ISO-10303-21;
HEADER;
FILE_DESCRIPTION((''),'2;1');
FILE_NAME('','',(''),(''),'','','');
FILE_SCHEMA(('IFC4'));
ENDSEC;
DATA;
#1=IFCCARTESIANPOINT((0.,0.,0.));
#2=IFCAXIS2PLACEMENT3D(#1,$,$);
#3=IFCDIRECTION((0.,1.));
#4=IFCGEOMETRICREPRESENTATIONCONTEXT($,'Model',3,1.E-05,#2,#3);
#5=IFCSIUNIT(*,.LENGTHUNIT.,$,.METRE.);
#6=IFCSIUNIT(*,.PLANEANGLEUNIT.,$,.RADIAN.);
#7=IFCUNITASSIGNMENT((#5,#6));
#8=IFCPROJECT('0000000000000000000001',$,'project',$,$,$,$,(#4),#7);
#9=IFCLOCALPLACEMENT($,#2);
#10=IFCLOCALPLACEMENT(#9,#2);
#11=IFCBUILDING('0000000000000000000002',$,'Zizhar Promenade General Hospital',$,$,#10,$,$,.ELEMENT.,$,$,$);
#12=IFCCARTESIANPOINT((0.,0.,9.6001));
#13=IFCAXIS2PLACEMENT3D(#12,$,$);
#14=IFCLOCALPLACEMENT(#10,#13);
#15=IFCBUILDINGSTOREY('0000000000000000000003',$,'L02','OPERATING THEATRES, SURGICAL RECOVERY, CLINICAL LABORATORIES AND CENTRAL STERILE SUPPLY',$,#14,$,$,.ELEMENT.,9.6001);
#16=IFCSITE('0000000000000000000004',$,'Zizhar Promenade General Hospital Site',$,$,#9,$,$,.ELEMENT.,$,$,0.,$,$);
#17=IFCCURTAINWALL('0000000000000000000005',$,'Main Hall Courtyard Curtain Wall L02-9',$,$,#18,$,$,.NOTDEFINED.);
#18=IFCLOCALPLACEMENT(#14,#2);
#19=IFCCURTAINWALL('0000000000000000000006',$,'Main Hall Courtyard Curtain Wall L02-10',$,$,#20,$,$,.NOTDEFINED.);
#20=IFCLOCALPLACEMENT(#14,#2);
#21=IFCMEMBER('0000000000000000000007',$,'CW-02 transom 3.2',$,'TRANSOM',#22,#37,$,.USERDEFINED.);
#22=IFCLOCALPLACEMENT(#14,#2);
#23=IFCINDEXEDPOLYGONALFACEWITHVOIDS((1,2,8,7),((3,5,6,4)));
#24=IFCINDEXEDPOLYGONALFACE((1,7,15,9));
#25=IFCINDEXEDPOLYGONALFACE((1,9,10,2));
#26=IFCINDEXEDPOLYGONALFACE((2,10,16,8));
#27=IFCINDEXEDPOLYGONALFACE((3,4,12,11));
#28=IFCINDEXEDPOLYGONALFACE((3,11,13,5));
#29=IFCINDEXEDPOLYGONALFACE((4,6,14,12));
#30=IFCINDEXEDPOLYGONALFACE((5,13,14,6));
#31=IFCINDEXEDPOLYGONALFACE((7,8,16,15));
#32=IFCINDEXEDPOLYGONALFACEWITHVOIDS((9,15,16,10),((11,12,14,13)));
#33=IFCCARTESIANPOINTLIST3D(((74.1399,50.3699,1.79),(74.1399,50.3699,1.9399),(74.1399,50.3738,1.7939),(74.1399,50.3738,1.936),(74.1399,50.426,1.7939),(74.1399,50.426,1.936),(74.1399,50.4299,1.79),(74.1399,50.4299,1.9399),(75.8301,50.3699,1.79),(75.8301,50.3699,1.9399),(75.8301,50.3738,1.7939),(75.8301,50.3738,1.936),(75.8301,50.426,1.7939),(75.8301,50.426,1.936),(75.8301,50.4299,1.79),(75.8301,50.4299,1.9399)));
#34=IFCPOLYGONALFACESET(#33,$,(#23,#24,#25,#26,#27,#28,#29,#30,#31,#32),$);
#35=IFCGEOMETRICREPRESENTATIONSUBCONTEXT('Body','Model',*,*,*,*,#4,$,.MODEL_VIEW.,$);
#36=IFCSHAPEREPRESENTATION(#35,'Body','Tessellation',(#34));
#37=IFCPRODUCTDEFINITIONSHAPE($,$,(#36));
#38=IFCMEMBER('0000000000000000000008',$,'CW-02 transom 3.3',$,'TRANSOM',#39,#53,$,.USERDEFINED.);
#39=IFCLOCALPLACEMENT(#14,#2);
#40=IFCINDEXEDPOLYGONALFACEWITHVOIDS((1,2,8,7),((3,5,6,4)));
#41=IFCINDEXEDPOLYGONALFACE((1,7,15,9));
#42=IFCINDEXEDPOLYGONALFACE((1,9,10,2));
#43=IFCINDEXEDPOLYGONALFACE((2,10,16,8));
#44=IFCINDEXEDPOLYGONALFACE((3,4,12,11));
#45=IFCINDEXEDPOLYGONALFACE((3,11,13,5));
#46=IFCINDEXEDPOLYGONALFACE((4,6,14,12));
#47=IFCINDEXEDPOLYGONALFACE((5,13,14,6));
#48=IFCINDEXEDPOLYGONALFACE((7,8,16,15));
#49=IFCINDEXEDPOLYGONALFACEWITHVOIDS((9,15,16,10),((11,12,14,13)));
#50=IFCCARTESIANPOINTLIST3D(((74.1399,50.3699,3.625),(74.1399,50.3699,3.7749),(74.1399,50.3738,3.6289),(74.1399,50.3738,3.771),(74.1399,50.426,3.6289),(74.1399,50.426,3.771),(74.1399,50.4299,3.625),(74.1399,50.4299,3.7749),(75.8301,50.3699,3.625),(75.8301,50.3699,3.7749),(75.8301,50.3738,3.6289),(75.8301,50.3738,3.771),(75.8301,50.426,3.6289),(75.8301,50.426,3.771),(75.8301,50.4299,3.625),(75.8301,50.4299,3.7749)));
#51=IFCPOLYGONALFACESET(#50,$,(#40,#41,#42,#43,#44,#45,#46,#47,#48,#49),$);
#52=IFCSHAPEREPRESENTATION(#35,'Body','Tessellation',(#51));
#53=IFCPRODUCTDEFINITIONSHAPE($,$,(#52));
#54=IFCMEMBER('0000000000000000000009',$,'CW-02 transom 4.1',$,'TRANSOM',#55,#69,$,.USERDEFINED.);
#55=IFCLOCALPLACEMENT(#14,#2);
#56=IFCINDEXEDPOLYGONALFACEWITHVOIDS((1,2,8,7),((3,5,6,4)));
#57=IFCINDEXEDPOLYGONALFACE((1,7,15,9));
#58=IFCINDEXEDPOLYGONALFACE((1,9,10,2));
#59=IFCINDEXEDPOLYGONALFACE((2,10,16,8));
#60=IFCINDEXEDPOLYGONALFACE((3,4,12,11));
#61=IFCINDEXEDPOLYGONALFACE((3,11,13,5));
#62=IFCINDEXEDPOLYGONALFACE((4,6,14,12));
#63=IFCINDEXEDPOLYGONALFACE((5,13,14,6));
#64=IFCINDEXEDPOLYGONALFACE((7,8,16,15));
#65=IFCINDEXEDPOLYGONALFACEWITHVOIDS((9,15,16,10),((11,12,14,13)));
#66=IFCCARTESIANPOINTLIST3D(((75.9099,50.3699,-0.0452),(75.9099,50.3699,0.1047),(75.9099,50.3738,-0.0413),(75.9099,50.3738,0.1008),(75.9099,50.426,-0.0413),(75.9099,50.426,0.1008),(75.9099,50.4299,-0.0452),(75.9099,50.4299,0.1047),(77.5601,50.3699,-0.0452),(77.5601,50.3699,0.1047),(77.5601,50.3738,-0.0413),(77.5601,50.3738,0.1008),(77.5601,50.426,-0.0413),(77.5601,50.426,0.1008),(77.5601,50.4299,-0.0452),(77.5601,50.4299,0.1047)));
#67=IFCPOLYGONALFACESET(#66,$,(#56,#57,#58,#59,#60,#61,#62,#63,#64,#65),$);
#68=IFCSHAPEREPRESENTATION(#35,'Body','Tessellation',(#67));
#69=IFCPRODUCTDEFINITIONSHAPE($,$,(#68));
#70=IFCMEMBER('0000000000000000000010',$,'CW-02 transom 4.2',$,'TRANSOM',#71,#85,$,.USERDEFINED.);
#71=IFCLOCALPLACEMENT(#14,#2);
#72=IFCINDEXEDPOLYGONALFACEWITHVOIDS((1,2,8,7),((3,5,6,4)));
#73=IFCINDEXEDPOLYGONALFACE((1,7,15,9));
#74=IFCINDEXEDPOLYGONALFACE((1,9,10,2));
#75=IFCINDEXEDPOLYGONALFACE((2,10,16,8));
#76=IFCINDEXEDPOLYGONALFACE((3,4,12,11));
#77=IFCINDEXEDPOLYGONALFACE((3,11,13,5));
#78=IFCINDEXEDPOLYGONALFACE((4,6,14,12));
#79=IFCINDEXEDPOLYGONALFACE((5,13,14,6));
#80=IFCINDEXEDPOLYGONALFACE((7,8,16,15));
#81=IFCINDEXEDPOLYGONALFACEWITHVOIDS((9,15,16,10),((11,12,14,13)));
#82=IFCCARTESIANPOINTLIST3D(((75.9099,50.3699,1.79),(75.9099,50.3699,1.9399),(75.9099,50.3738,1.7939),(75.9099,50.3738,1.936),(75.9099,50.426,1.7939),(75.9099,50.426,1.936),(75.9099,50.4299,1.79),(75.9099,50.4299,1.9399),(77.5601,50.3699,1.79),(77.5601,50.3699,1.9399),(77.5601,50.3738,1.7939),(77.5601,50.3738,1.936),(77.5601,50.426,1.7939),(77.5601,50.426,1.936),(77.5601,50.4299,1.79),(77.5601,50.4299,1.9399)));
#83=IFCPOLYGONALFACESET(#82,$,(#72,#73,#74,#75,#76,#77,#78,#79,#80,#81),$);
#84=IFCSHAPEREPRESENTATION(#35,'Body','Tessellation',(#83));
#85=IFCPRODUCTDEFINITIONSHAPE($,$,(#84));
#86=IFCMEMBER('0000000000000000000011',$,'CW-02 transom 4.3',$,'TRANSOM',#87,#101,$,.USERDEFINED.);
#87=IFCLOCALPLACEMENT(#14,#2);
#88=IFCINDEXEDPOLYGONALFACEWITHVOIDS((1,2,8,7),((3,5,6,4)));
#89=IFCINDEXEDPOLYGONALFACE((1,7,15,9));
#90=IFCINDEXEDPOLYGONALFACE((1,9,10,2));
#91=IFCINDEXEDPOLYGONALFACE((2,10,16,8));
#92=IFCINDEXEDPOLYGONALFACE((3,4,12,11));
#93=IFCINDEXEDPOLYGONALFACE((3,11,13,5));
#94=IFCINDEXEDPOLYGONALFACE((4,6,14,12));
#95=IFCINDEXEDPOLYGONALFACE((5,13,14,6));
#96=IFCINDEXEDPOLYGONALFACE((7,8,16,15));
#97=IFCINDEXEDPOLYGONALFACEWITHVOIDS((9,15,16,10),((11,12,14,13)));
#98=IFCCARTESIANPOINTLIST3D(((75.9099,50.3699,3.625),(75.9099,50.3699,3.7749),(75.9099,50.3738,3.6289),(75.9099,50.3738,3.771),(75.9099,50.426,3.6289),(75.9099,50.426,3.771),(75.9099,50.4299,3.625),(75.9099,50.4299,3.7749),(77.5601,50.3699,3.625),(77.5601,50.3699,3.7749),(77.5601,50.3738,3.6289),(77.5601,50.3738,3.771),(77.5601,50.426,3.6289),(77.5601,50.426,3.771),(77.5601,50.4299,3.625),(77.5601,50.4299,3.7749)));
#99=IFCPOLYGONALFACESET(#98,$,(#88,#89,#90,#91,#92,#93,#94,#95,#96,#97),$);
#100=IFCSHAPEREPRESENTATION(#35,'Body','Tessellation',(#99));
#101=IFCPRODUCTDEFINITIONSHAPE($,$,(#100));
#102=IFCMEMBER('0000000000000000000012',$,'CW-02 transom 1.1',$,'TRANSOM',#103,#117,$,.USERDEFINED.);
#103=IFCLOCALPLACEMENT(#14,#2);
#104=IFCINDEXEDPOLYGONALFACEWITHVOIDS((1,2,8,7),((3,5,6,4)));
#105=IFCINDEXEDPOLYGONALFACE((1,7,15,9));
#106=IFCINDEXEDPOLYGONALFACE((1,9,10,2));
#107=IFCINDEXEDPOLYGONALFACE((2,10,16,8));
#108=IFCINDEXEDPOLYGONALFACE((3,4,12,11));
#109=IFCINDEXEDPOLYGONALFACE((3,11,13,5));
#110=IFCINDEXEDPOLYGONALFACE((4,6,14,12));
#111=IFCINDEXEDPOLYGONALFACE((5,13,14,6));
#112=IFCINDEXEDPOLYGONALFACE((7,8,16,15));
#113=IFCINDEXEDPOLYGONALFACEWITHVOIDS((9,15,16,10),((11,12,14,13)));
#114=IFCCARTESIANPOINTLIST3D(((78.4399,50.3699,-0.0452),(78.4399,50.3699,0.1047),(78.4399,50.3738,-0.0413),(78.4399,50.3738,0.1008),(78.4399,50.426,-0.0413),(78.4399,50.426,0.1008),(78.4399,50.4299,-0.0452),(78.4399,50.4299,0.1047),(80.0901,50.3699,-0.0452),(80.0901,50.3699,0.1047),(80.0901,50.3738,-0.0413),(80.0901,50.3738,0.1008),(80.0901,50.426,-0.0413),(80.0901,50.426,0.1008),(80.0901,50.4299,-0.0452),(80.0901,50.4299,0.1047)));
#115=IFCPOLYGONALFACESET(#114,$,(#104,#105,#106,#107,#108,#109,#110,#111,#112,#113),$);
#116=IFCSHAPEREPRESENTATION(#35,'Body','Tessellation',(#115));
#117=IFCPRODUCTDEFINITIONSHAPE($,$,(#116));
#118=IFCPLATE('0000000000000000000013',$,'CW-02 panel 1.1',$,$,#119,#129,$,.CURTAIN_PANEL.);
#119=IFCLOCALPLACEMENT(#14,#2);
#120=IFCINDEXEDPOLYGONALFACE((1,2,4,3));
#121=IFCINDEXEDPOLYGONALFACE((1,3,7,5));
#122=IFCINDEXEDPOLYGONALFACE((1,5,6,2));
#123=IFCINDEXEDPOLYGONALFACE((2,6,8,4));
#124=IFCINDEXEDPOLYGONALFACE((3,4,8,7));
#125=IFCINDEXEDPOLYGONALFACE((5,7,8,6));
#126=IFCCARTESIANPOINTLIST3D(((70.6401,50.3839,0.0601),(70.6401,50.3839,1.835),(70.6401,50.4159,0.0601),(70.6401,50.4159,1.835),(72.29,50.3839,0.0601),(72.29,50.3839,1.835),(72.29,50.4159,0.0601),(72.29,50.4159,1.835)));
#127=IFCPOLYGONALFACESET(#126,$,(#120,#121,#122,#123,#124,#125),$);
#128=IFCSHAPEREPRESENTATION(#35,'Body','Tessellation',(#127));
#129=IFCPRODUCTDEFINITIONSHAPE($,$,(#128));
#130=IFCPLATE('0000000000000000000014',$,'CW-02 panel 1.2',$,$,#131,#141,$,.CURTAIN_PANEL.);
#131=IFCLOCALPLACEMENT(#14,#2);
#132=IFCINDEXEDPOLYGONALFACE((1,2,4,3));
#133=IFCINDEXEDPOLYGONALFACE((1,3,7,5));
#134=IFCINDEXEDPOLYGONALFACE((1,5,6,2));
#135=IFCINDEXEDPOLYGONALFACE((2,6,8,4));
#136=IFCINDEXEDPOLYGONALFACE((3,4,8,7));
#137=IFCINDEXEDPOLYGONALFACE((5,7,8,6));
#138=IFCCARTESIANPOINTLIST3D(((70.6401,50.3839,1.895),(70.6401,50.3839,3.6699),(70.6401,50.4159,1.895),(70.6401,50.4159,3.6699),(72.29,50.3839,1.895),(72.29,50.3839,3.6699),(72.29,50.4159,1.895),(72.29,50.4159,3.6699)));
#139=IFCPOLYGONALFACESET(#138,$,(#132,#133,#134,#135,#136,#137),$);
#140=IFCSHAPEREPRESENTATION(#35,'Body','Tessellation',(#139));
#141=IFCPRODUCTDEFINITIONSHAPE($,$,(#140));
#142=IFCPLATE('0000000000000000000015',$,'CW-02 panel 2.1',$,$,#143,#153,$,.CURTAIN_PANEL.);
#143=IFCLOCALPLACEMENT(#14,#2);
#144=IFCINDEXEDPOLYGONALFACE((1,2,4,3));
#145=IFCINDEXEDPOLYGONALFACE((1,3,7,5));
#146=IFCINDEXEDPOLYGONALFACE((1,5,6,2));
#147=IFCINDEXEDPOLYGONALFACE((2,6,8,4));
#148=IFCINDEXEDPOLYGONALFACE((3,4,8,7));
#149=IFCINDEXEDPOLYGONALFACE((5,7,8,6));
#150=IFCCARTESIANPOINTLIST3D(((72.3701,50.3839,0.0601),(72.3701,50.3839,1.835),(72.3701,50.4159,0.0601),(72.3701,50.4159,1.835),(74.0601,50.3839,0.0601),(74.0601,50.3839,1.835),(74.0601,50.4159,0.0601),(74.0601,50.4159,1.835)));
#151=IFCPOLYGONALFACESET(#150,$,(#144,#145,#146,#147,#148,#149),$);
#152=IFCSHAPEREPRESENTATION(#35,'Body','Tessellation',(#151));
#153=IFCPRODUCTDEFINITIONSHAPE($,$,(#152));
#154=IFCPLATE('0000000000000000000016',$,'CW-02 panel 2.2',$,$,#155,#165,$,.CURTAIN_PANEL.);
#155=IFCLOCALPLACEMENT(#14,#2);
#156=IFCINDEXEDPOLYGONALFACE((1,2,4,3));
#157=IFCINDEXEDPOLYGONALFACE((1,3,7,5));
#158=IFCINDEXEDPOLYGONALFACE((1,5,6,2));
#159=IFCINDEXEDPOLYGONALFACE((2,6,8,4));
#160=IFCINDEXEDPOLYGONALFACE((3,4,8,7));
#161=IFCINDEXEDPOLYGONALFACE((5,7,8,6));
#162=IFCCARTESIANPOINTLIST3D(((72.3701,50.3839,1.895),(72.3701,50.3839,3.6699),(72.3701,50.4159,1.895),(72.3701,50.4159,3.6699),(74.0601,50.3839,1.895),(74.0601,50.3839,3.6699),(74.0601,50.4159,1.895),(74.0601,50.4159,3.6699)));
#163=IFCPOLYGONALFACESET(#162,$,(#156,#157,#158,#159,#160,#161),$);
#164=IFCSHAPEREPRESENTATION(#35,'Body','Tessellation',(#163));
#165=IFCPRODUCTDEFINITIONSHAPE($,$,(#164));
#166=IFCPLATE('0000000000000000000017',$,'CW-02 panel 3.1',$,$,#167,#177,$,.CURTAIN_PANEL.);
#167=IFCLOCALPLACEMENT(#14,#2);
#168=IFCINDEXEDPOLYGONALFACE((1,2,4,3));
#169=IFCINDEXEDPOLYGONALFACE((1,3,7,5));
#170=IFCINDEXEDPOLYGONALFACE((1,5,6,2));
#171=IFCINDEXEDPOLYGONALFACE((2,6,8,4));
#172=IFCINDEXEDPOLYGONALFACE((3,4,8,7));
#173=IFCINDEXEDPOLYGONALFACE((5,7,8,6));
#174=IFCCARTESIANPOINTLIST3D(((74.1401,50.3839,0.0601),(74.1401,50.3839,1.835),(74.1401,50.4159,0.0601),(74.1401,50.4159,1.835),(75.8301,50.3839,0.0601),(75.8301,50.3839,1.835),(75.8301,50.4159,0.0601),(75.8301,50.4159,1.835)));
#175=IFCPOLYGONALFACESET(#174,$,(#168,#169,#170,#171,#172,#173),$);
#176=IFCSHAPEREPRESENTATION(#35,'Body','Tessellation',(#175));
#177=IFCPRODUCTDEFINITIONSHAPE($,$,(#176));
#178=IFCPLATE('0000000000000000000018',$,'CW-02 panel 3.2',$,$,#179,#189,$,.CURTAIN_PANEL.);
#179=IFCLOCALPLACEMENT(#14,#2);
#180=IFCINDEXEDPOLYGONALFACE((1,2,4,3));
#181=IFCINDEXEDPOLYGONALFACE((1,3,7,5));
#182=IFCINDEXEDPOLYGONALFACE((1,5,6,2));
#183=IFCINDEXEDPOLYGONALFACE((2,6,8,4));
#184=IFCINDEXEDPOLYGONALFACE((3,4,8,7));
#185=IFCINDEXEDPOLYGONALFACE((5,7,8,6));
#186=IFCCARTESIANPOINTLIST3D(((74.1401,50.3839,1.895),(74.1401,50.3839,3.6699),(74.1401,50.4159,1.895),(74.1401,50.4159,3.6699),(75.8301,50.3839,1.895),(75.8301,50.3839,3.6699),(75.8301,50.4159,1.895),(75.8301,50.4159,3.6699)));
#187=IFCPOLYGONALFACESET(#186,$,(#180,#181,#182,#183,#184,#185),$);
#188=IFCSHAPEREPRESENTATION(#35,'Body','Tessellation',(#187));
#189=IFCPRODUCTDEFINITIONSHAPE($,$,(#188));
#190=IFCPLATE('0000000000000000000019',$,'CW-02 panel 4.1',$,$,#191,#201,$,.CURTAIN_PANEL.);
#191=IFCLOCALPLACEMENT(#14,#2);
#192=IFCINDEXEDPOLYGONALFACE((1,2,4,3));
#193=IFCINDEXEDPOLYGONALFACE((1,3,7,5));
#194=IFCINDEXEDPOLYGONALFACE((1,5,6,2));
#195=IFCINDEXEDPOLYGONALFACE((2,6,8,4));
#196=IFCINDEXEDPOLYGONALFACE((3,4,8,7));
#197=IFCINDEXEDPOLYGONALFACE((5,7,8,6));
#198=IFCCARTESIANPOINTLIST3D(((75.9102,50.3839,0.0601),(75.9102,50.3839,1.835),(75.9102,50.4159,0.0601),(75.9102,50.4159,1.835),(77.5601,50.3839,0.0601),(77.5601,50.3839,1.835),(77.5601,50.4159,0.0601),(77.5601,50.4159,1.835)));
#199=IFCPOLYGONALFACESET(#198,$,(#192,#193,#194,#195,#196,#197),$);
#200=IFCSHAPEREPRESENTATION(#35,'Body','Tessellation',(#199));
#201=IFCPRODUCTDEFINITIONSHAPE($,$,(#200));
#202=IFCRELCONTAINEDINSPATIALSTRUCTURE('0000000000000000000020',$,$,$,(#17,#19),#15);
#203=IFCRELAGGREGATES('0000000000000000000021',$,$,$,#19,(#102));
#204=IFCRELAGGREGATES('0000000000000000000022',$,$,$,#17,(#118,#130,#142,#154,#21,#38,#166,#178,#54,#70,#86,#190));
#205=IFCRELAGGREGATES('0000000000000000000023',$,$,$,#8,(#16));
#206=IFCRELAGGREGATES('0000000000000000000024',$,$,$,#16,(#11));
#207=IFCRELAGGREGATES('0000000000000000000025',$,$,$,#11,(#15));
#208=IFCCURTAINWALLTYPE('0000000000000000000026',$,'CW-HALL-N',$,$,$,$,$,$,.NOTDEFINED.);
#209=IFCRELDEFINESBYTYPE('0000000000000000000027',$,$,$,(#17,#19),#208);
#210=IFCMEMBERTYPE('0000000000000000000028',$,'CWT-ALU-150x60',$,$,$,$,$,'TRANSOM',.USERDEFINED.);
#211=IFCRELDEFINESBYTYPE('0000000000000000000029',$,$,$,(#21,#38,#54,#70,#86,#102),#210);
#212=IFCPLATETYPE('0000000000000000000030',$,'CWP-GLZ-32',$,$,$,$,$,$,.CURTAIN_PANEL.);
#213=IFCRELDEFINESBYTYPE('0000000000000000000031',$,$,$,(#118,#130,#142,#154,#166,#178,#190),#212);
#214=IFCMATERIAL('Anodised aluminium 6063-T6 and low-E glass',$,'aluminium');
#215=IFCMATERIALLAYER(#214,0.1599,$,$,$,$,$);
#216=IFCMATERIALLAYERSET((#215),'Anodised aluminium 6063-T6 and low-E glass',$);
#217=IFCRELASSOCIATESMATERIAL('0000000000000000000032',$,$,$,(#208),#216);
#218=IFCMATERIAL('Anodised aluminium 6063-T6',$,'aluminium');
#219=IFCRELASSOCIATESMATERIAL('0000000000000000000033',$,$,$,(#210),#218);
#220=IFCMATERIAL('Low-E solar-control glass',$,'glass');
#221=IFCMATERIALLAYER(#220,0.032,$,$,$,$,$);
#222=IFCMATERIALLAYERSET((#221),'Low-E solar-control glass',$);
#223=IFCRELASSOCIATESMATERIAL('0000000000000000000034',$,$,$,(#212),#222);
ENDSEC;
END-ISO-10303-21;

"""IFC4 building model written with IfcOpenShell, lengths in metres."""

from ifc_helpers import new_model, si_unit, direction, frame, origin, origin_2d, place, context, subcontext, project, spatial, rectangle, hollow_rectangle, extrude, material, layer, layer_set, material_profile, profile_set, type_object, element, aggregate, save


model = new_model("IFC4")

# Units and contexts
model_context = context("Model", 3, precision=1e-05, world=origin(), true_north=direction((0.0, 1.0)))
body_context = subcontext(model_context, "Body", "Model", "MODEL_VIEW")
ifc_project = project(units=[si_unit("LENGTHUNIT", "METRE"), si_unit("PLANEANGLEUNIT", "RADIAN")], contexts=[model_context])

# Site, building, storey
site_placement = place(None, origin())
site = spatial("IfcSite", under=ifc_project, at=site_placement, Name="Zizhar Promenade General Hospital Site", CompositionType="ELEMENT", RefElevation=0.0)
building_placement = place(site_placement, origin())
building = spatial("IfcBuilding", under=site, at=building_placement, Name="Zizhar Promenade General Hospital", CompositionType="ELEMENT")
storey_placement = place(building_placement, frame((0.0, 0.0, 9.6001)))
storey = spatial("IfcBuildingStorey", under=building, at=storey_placement, Name="L02", Description="OPERATING THEATRES, SURGICAL RECOVERY, CLINICAL LABORATORIES AND CENTRAL STERILE SUPPLY", CompositionType="ELEMENT", Elevation=9.6001)

# Curtain wall
ifc_material_1 = material(Name="Anodised aluminium 6063-T6 and low-E glass", Category="aluminium")
ifc_layer_1 = layer(ifc_material_1, 0.1599)
ifc_layer_set_1 = layer_set([ifc_layer_1], Name="Anodised aluminium 6063-T6 and low-E glass")
curtain_wall_type = type_object("IfcCurtainWallType", Name="CW-HALL-N", PredefinedType="NOTDEFINED", material=ifc_layer_set_1)
curtain_wall_1_placement = place(storey_placement, origin())
curtain_wall_1 = element("IfcCurtainWall", 1, at=curtain_wall_1_placement, inside=storey, type_object=curtain_wall_type, Name="Main Hall Courtyard Curtain Wall L02-9", PredefinedType="NOTDEFINED")

# Curtain wall
curtain_wall_2_placement = place(storey_placement, origin())
curtain_wall_2 = element("IfcCurtainWall", 2, at=curtain_wall_2_placement, inside=storey, type_object=curtain_wall_type, Name="Main Hall Courtyard Curtain Wall L02-10", PredefinedType="NOTDEFINED")

# Members
ifc_material_2 = material(Name="Anodised aluminium 6063-T6", Category="aluminium")
ifc_material_profile_1 = material_profile(ifc_material_2, hollow_rectangle(XDim=0.0601, YDim=0.1499, WallThickness=0.0039, at=origin_2d()))
ifc_profile_set_1 = profile_set([ifc_material_profile_1], Name="Anodised aluminium 6063-T6")
member_type_1 = type_object("IfcMemberType", Name="CWT-ALU-150x60", ElementType="TRANSOM", PredefinedType="USERDEFINED", material=ifc_profile_set_1)
member_1_placement = place(storey_placement, frame((74.1399, 50.3999, 1.865), z_axis=(1.0, 0.0, 0.0), x_axis=(0.0, 1.0, 0.0)))
member_1 = element("IfcMember", 3, at=member_1_placement, type_object=member_type_1, Name="CW-02 transom 3.2", ObjectType="TRANSOM", PredefinedType="USERDEFINED", context=body_context, shape_type="SweptSolid", body=[
    extrude(hollow_rectangle(XDim=0.0601, YDim=0.1499, WallThickness=0.0039, at=origin_2d()), origin(), (0.0, 0.0, 1.0), 1.6902),
])
member_2_placement = place(storey_placement, frame((74.1399, 50.3999, 3.7), z_axis=(1.0, 0.0, 0.0), x_axis=(0.0, 1.0, 0.0)))
member_2 = element("IfcMember", 4, at=member_2_placement, type_object=member_type_1, Name="CW-02 transom 3.3", ObjectType="TRANSOM", PredefinedType="USERDEFINED", context=body_context, shape_type="SweptSolid", body=[
    extrude(hollow_rectangle(XDim=0.0601, YDim=0.1499, WallThickness=0.0039, at=origin_2d()), origin(), (0.0, 0.0, 1.0), 1.6902),
])
member_3_placement = place(storey_placement, frame((75.9099, 50.3999, 0.0298), z_axis=(1.0, 0.0, 0.0), x_axis=(0.0, 1.0, 0.0)))
member_3 = element("IfcMember", 5, at=member_3_placement, type_object=member_type_1, Name="CW-02 transom 4.1", ObjectType="TRANSOM", PredefinedType="USERDEFINED", context=body_context, shape_type="SweptSolid", body=[
    extrude(hollow_rectangle(XDim=0.0601, YDim=0.1499, WallThickness=0.0039, at=origin_2d()), origin(), (0.0, 0.0, 1.0), 1.6501),
])
member_4_placement = place(storey_placement, frame((75.9099, 50.3999, 1.865), z_axis=(1.0, 0.0, 0.0), x_axis=(0.0, 1.0, 0.0)))
member_4 = element("IfcMember", 6, at=member_4_placement, type_object=member_type_1, Name="CW-02 transom 4.2", ObjectType="TRANSOM", PredefinedType="USERDEFINED", context=body_context, shape_type="SweptSolid", body=[
    extrude(hollow_rectangle(XDim=0.0601, YDim=0.1499, WallThickness=0.0039, at=origin_2d()), origin(), (0.0, 0.0, 1.0), 1.6501),
])
member_5_placement = place(storey_placement, frame((75.9099, 50.3999, 3.7), z_axis=(1.0, 0.0, 0.0), x_axis=(0.0, 1.0, 0.0)))
member_5 = element("IfcMember", 7, at=member_5_placement, type_object=member_type_1, Name="CW-02 transom 4.3", ObjectType="TRANSOM", PredefinedType="USERDEFINED", context=body_context, shape_type="SweptSolid", body=[
    extrude(hollow_rectangle(XDim=0.0601, YDim=0.1499, WallThickness=0.0039, at=origin_2d()), origin(), (0.0, 0.0, 1.0), 1.6501),
])
member_6_placement = place(storey_placement, frame((78.4399, 50.3999, 0.0298), z_axis=(1.0, 0.0, 0.0), x_axis=(0.0, 1.0, 0.0)))
member_6 = element("IfcMember", 8, at=member_6_placement, type_object=member_type_1, Name="CW-02 transom 1.1", ObjectType="TRANSOM", PredefinedType="USERDEFINED", context=body_context, shape_type="SweptSolid", body=[
    extrude(hollow_rectangle(XDim=0.0601, YDim=0.1499, WallThickness=0.0039, at=origin_2d()), origin(), (0.0, 0.0, 1.0), 1.6501),
])
aggregate(curtain_wall_2, [member_6])

# Plates
ifc_material_3 = material(Name="Low-E solar-control glass", Category="glass")
ifc_layer_2 = layer(ifc_material_3, 0.032)
ifc_layer_set_2 = layer_set([ifc_layer_2], Name="Low-E solar-control glass")
plate_type = type_object("IfcPlateType", Name="CWP-GLZ-32", PredefinedType="CURTAIN_PANEL", material=ifc_layer_set_2)
plate_1_placement = place(storey_placement, frame((71.4651, 50.3999, 0.0601), z_axis=(0.0, 0.0, 1.0), x_axis=(1.0, 0.0, 0.0)))
plate_1 = element("IfcPlate", 9, at=plate_1_placement, type_object=plate_type, Name="CW-02 panel 1.1", PredefinedType="CURTAIN_PANEL", context=body_context, shape_type="SweptSolid", body=[
    extrude(rectangle(XDim=1.6499, YDim=0.032, at=origin_2d()), origin(), (0.0, 0.0, 1.0), 1.7749),
])
plate_2_placement = place(storey_placement, frame((71.4651, 50.3999, 1.895), z_axis=(0.0, 0.0, 1.0), x_axis=(1.0, 0.0, 0.0)))
plate_2 = element("IfcPlate", 10, at=plate_2_placement, type_object=plate_type, Name="CW-02 panel 1.2", PredefinedType="CURTAIN_PANEL", context=body_context, shape_type="SweptSolid", body=[
    extrude(rectangle(XDim=1.6499, YDim=0.032, at=origin_2d()), origin(), (0.0, 0.0, 1.0), 1.7749),
])
plate_3_placement = place(storey_placement, frame((73.2151, 50.3999, 0.0601), z_axis=(0.0, 0.0, 1.0), x_axis=(1.0, 0.0, 0.0)))
plate_3 = element("IfcPlate", 11, at=plate_3_placement, type_object=plate_type, Name="CW-02 panel 2.1", PredefinedType="CURTAIN_PANEL", context=body_context, shape_type="SweptSolid", body=[
    extrude(rectangle(XDim=1.6899, YDim=0.032, at=origin_2d()), origin(), (0.0, 0.0, 1.0), 1.7749),
])
plate_4_placement = place(storey_placement, frame((73.2151, 50.3999, 1.895), z_axis=(0.0, 0.0, 1.0), x_axis=(1.0, 0.0, 0.0)))
plate_4 = element("IfcPlate", 12, at=plate_4_placement, type_object=plate_type, Name="CW-02 panel 2.2", PredefinedType="CURTAIN_PANEL", context=body_context, shape_type="SweptSolid", body=[
    extrude(rectangle(XDim=1.6899, YDim=0.032, at=origin_2d()), origin(), (0.0, 0.0, 1.0), 1.7749),
])
plate_5_placement = place(storey_placement, frame((74.9851, 50.3999, 0.0601), z_axis=(0.0, 0.0, 1.0), x_axis=(1.0, 0.0, 0.0)))
plate_5 = element("IfcPlate", 13, at=plate_5_placement, type_object=plate_type, Name="CW-02 panel 3.1", PredefinedType="CURTAIN_PANEL", context=body_context, shape_type="SweptSolid", body=[
    extrude(rectangle(XDim=1.6899, YDim=0.032, at=origin_2d()), origin(), (0.0, 0.0, 1.0), 1.7749),
])
plate_6_placement = place(storey_placement, frame((74.9851, 50.3999, 1.895), z_axis=(0.0, 0.0, 1.0), x_axis=(1.0, 0.0, 0.0)))
plate_6 = element("IfcPlate", 14, at=plate_6_placement, type_object=plate_type, Name="CW-02 panel 3.2", PredefinedType="CURTAIN_PANEL", context=body_context, shape_type="SweptSolid", body=[
    extrude(rectangle(XDim=1.6899, YDim=0.032, at=origin_2d()), origin(), (0.0, 0.0, 1.0), 1.7749),
])
plate_7_placement = place(storey_placement, frame((76.7351, 50.3999, 0.0601), z_axis=(0.0, 0.0, 1.0), x_axis=(1.0, 0.0, 0.0)))
plate_7 = element("IfcPlate", 15, at=plate_7_placement, type_object=plate_type, Name="CW-02 panel 4.1", PredefinedType="CURTAIN_PANEL", context=body_context, shape_type="SweptSolid", body=[
    extrude(rectangle(XDim=1.6499, YDim=0.032, at=origin_2d()), origin(), (0.0, 0.0, 1.0), 1.7749),
])
aggregate(curtain_wall_1, [plate_1, plate_2, plate_3, plate_4, member_1, member_2, plate_5, plate_6, member_3, member_4, member_5, plate_7])

save(model, "model.ifc")
